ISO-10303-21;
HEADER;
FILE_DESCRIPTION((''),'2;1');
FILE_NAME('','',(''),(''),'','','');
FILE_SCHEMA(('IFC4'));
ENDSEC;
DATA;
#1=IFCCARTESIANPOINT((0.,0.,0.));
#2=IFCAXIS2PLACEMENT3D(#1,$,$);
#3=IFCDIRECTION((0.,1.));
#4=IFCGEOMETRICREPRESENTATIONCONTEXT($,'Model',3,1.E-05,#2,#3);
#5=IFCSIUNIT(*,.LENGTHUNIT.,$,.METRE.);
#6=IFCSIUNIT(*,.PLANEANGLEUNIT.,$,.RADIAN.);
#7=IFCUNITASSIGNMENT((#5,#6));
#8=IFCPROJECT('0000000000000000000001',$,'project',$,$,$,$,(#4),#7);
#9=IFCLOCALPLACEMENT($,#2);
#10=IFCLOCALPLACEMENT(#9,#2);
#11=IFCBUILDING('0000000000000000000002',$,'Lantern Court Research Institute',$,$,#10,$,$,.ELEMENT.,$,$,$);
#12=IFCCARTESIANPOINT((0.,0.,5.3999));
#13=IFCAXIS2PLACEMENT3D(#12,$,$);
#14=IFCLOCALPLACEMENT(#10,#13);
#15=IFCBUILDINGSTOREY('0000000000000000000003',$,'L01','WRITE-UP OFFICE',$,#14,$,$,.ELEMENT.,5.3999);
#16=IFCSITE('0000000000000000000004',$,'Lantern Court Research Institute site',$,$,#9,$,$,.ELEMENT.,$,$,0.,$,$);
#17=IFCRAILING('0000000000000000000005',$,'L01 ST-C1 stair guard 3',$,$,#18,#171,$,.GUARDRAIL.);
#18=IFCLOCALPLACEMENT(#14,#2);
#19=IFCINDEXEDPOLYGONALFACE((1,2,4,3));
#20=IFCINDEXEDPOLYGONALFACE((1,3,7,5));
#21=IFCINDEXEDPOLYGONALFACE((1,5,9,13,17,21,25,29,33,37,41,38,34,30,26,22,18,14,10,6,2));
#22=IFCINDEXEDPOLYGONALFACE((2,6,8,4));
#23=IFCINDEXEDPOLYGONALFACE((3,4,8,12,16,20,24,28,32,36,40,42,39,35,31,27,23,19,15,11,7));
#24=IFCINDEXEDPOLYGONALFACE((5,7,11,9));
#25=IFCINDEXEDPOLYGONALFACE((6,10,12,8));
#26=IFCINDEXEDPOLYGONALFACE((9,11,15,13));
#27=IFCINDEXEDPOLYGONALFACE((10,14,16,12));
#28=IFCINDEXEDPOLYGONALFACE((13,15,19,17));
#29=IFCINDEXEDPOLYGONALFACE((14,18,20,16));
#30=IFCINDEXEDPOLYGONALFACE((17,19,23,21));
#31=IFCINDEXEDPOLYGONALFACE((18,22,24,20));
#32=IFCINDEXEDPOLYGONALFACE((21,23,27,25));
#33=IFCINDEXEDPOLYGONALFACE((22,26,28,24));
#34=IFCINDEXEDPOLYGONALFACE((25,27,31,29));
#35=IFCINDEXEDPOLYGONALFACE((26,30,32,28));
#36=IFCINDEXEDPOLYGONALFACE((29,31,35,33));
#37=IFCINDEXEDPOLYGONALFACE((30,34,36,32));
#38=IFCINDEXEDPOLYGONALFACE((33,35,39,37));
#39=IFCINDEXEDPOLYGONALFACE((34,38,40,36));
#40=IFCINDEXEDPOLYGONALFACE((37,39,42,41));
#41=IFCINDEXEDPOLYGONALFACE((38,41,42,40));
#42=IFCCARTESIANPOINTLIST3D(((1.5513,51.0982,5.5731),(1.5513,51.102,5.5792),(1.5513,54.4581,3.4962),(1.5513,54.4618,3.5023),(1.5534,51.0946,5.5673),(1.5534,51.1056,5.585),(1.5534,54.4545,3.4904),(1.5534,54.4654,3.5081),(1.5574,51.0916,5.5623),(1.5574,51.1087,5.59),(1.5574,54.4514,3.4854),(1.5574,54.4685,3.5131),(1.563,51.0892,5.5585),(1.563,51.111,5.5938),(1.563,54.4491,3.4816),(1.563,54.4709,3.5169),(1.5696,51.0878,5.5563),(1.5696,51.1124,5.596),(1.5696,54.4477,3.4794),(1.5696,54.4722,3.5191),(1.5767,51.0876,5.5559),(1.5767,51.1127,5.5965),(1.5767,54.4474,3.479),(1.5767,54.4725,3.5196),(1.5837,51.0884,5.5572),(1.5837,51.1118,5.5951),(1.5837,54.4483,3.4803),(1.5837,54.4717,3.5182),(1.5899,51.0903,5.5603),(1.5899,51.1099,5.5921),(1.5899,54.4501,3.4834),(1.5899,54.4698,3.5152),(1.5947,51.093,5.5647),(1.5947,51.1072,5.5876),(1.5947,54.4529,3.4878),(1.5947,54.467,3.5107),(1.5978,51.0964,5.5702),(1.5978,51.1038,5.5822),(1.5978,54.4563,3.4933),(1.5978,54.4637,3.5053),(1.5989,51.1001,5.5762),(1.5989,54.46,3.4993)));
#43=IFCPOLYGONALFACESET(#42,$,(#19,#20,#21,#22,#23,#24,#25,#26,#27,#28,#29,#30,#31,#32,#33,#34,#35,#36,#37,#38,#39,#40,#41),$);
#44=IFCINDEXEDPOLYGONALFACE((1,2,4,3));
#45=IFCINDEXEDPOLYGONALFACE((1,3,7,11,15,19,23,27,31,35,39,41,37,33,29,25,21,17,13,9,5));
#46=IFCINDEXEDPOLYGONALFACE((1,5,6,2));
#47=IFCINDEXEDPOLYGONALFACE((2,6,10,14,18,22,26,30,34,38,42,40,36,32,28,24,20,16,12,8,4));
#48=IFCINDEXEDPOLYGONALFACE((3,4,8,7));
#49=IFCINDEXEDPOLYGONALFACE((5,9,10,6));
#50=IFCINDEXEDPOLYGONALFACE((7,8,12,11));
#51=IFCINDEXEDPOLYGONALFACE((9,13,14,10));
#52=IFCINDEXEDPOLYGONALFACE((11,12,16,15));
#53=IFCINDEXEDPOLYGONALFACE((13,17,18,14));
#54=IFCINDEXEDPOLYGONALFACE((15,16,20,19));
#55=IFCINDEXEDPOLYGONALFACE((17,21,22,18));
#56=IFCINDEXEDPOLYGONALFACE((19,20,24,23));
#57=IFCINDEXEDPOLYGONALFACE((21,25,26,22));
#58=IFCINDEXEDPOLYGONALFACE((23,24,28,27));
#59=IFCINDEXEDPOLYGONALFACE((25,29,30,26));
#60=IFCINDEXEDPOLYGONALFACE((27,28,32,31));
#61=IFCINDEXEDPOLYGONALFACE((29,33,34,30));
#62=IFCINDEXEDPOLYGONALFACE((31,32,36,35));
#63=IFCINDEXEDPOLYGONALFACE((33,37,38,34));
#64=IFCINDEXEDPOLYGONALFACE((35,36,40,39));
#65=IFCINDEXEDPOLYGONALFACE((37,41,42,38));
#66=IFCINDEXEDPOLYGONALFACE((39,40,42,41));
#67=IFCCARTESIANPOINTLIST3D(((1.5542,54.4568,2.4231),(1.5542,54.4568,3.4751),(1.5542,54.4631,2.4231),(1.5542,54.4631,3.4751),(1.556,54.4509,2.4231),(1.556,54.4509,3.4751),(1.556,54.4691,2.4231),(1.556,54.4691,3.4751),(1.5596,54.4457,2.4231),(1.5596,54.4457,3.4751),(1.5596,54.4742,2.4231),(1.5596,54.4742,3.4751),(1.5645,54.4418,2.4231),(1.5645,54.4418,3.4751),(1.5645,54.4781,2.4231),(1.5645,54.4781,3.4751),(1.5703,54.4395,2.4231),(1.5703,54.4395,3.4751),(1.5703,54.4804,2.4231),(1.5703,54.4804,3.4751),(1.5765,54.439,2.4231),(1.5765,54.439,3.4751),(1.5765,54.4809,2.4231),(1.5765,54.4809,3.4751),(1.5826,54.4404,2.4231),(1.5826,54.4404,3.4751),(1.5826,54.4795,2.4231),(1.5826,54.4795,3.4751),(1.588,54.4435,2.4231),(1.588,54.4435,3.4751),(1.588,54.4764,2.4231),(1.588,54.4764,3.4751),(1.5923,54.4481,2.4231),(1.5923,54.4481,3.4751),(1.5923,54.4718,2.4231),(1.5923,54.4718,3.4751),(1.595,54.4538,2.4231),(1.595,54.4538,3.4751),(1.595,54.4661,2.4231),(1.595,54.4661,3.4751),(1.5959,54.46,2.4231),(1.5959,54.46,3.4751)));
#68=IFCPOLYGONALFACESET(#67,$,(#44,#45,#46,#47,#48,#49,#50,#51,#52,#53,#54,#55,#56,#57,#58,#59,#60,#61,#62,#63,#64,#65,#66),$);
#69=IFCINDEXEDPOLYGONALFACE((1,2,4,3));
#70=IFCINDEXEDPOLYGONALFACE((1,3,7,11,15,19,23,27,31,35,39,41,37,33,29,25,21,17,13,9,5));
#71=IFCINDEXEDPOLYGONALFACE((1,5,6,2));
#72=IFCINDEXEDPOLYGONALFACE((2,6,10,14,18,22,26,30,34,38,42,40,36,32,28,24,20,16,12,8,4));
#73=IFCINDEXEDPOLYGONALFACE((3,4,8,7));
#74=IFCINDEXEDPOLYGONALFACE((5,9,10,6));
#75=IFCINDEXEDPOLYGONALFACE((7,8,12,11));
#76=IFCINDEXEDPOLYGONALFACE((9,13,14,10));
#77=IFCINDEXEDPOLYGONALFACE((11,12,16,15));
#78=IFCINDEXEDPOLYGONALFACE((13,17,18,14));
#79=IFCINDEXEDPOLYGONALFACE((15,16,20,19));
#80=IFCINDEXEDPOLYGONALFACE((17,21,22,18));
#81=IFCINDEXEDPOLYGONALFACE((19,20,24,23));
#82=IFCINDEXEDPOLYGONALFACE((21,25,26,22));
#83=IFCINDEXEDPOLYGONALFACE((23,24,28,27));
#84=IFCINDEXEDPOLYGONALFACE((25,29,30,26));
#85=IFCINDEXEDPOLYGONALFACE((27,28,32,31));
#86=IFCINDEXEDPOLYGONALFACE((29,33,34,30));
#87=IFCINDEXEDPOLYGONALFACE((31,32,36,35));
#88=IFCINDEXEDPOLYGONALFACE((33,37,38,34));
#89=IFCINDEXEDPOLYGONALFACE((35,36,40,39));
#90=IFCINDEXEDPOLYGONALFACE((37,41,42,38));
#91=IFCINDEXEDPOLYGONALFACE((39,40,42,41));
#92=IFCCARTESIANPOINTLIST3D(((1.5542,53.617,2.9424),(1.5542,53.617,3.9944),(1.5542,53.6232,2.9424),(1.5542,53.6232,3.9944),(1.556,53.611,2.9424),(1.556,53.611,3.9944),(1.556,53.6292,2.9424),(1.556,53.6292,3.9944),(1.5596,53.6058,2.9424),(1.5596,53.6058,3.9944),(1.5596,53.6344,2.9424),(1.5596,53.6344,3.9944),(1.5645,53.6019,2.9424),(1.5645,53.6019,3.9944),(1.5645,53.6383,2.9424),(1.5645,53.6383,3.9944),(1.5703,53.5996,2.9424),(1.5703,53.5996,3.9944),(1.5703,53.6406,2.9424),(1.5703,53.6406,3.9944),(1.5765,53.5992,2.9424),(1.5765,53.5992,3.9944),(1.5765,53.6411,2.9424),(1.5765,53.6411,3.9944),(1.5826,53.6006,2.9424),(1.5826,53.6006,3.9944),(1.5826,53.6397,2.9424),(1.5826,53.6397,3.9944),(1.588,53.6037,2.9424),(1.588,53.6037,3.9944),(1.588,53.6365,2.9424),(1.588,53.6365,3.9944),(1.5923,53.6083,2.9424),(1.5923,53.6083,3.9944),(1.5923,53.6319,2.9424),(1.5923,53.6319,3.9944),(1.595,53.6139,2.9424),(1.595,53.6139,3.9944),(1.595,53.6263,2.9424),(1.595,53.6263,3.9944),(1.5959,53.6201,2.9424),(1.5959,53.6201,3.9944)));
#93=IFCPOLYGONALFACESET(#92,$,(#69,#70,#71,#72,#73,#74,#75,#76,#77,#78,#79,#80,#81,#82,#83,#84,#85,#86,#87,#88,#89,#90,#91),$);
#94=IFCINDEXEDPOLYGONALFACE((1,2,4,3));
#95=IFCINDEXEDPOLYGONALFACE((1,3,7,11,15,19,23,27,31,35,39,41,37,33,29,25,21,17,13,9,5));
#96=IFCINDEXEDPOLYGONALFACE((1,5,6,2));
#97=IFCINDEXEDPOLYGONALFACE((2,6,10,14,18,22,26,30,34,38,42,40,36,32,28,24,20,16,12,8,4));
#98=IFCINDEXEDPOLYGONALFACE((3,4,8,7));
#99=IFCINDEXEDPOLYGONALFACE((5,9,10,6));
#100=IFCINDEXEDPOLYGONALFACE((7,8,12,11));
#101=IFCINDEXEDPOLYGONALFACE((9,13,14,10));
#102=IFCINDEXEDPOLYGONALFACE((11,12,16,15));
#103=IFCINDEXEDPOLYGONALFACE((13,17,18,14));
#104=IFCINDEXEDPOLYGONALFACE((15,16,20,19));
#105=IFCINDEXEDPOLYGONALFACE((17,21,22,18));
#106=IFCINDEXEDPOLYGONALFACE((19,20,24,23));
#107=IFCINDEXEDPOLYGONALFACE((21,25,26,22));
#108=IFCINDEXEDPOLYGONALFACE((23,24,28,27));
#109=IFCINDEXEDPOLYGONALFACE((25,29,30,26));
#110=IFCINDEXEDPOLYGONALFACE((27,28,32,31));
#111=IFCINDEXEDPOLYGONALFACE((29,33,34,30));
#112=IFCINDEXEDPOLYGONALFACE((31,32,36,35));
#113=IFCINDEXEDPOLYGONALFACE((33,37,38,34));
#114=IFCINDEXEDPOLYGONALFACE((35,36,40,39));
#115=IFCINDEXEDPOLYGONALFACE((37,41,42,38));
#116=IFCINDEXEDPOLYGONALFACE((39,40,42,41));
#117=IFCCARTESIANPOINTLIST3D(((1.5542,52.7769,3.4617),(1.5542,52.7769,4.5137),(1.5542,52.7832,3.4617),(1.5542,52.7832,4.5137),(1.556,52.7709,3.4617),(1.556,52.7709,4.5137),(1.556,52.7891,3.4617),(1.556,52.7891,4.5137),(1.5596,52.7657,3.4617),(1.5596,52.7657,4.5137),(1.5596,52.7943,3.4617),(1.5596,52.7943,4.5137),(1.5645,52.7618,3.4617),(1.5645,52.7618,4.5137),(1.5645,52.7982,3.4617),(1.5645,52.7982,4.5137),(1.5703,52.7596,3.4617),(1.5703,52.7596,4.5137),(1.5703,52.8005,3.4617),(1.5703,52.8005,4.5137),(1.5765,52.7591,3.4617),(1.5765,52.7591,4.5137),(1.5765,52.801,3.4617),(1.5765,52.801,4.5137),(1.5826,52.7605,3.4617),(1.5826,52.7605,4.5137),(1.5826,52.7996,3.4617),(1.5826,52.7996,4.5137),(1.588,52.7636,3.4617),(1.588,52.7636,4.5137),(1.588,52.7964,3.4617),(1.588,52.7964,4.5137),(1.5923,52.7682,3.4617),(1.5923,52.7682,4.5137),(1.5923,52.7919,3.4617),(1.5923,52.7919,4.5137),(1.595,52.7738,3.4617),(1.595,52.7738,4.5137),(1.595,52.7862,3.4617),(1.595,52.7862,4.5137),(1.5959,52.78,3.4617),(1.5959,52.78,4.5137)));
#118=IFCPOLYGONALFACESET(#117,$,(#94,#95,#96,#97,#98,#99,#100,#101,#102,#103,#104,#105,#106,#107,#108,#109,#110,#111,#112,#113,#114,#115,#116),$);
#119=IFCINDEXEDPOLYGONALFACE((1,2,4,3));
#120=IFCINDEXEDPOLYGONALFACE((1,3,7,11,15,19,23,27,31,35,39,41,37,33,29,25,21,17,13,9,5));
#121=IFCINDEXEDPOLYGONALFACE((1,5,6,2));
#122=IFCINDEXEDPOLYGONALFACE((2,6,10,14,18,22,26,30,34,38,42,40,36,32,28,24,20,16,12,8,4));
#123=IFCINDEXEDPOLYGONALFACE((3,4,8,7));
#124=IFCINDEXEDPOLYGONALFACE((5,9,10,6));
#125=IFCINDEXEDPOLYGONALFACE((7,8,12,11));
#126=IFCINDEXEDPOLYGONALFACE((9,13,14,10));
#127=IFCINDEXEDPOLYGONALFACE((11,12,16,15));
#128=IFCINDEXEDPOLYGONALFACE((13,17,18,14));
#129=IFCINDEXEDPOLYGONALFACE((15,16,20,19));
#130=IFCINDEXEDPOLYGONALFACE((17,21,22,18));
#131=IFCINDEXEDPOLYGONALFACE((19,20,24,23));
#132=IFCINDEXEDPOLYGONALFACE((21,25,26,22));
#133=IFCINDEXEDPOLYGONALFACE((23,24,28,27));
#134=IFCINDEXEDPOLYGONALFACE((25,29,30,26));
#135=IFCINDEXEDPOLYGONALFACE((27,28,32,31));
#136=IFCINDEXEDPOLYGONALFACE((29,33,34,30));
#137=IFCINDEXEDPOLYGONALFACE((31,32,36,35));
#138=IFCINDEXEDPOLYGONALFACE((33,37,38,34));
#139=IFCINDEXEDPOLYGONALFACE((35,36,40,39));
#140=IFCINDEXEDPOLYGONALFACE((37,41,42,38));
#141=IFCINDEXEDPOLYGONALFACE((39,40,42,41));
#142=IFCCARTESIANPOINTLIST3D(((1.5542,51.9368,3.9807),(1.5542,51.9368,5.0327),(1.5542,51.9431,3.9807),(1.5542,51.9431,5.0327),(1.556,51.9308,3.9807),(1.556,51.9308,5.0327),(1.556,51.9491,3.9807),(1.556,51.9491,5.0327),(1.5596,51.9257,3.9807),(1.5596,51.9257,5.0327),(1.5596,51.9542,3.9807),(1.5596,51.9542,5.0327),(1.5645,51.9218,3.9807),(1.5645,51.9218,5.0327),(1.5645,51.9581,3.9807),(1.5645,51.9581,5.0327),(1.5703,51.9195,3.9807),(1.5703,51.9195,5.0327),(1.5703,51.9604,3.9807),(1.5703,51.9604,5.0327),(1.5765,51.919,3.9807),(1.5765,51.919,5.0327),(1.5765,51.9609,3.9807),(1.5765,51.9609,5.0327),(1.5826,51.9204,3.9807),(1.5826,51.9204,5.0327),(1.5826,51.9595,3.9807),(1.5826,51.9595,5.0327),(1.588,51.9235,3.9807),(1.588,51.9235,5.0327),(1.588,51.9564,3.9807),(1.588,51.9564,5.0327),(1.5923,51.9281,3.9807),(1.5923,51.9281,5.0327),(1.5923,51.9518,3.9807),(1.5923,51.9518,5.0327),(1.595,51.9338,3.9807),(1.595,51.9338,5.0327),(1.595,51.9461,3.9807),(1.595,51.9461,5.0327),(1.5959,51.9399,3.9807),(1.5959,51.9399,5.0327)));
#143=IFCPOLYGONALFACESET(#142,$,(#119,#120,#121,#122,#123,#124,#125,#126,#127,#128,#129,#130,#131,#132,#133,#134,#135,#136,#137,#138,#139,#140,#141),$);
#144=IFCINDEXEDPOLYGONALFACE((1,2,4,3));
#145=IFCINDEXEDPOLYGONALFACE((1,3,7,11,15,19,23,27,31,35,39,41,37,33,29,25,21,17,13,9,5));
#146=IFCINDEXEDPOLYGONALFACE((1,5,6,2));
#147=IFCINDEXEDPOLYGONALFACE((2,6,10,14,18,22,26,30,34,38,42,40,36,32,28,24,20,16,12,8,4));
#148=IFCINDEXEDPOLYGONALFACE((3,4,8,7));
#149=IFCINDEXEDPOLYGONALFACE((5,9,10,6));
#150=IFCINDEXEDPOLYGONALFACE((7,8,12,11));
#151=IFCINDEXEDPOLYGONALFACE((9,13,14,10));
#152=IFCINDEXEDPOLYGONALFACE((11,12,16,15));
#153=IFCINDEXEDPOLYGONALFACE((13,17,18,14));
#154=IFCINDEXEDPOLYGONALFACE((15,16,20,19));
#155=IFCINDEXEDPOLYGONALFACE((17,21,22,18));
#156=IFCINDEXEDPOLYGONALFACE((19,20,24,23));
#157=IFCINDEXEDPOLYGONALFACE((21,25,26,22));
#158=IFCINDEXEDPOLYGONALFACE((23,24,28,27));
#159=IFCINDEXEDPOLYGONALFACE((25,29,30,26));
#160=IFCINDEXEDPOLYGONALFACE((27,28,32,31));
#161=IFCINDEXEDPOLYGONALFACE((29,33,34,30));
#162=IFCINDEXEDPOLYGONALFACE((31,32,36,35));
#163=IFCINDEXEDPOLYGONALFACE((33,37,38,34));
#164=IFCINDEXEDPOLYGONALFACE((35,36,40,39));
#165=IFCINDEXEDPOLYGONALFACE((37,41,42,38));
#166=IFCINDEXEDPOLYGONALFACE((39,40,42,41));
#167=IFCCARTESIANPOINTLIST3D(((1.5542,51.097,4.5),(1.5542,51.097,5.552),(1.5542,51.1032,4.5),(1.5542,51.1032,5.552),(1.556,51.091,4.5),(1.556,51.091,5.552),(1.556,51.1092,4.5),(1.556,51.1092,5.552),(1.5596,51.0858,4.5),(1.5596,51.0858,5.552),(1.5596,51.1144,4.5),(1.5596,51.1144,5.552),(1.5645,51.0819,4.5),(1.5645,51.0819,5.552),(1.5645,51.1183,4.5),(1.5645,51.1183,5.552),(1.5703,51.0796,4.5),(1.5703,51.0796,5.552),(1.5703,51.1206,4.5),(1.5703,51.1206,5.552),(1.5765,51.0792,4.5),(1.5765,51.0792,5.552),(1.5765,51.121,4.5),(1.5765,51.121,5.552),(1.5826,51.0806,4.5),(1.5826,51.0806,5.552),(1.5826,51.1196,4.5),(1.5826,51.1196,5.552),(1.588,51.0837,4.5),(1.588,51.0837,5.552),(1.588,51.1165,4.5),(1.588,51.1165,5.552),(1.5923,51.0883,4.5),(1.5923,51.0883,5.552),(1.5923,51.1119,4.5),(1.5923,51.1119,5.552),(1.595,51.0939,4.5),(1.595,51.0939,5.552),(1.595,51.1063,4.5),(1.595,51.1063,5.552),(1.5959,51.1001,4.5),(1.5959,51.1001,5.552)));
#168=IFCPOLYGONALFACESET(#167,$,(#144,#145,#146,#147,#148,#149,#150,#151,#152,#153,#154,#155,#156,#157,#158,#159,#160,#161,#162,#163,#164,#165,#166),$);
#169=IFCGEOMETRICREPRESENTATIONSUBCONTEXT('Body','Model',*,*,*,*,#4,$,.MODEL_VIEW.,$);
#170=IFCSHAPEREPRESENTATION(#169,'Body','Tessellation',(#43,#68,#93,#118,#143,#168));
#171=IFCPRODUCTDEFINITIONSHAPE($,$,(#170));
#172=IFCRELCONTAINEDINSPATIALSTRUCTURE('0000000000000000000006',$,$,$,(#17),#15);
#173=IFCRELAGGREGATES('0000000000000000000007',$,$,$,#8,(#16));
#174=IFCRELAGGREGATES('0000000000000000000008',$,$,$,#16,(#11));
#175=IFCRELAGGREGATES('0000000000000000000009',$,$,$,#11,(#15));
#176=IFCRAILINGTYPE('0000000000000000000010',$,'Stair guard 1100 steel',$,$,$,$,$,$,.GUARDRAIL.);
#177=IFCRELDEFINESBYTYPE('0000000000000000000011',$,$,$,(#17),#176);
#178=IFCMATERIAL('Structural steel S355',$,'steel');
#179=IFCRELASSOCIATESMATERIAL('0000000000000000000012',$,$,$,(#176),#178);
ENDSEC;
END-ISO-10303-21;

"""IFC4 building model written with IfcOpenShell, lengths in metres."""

from ifc_helpers import new_model, si_unit, direction, frame, origin, origin_2d, place, context, subcontext, project, spatial, circle, extrude, material, type_object, element, save


model = new_model("IFC4")

# Units and contexts
model_context = context("Model", 3, precision=1e-05, world=origin(), true_north=direction((0.0, 1.0)))
body_context = subcontext(model_context, "Body", "Model", "MODEL_VIEW")
ifc_project = project(units=[si_unit("LENGTHUNIT", "METRE"), si_unit("PLANEANGLEUNIT", "RADIAN")], contexts=[model_context])

# Site, building, storey
site_placement = place(None, origin())
site = spatial("IfcSite", under=ifc_project, at=site_placement, Name="Lantern Court Research Institute site", CompositionType="ELEMENT", RefElevation=0.0)
building_placement = place(site_placement, origin())
building = spatial("IfcBuilding", under=site, at=building_placement, Name="Lantern Court Research Institute", CompositionType="ELEMENT")
storey_placement = place(building_placement, frame((0.0, 0.0, 5.3999)))
storey = spatial("IfcBuildingStorey", under=building, at=storey_placement, Name="L01", Description="WRITE-UP OFFICE", CompositionType="ELEMENT", Elevation=5.3999)

# Railing
ifc_material_1 = material(Name="Structural steel S355", Category="steel")
railing_type_1 = type_object("IfcRailingType", Name="Stair guard 1100 steel", PredefinedType="GUARDRAIL", material=ifc_material_1)
railing_1_placement = place(storey_placement, frame((1.575, 54.46, 2.4231)))
element("IfcRailing", 1, at=railing_1_placement, inside=storey, type_object=railing_type_1, Name="L01 ST-C1 stair guard 3", PredefinedType="GUARDRAIL", context=body_context, shape_type="SweptSolid", body=[
    extrude(circle(Radius=0.0239, at=origin_2d()), frame((0.0, 0.0, 1.0762), z_axis=(0.0, -0.850606, 0.525803), x_axis=(1.0, 0.0, 0.0)), (0.0, 0.0, 1.0), 3.95),
    extrude(circle(Radius=0.021, at=origin_2d()), origin(), (0.0, 0.0, 1.0), 1.052),
    extrude(circle(Radius=0.021, at=origin_2d()), frame((0.0, -0.8398, 0.5193)), (0.0, 0.0, 1.0), 1.052),
    extrude(circle(Radius=0.021, at=origin_2d()), frame((0.0, -1.6799, 1.0386)), (0.0, 0.0, 1.0), 1.052),
    extrude(circle(Radius=0.021, at=origin_2d()), frame((0.0, -2.52, 1.5576)), (0.0, 0.0, 1.0), 1.052),
    extrude(circle(Radius=0.021, at=origin_2d()), frame((0.0, -3.3599, 2.0769)), (0.0, 0.0, 1.0), 1.052),
])

save(model, "model.ifc")
